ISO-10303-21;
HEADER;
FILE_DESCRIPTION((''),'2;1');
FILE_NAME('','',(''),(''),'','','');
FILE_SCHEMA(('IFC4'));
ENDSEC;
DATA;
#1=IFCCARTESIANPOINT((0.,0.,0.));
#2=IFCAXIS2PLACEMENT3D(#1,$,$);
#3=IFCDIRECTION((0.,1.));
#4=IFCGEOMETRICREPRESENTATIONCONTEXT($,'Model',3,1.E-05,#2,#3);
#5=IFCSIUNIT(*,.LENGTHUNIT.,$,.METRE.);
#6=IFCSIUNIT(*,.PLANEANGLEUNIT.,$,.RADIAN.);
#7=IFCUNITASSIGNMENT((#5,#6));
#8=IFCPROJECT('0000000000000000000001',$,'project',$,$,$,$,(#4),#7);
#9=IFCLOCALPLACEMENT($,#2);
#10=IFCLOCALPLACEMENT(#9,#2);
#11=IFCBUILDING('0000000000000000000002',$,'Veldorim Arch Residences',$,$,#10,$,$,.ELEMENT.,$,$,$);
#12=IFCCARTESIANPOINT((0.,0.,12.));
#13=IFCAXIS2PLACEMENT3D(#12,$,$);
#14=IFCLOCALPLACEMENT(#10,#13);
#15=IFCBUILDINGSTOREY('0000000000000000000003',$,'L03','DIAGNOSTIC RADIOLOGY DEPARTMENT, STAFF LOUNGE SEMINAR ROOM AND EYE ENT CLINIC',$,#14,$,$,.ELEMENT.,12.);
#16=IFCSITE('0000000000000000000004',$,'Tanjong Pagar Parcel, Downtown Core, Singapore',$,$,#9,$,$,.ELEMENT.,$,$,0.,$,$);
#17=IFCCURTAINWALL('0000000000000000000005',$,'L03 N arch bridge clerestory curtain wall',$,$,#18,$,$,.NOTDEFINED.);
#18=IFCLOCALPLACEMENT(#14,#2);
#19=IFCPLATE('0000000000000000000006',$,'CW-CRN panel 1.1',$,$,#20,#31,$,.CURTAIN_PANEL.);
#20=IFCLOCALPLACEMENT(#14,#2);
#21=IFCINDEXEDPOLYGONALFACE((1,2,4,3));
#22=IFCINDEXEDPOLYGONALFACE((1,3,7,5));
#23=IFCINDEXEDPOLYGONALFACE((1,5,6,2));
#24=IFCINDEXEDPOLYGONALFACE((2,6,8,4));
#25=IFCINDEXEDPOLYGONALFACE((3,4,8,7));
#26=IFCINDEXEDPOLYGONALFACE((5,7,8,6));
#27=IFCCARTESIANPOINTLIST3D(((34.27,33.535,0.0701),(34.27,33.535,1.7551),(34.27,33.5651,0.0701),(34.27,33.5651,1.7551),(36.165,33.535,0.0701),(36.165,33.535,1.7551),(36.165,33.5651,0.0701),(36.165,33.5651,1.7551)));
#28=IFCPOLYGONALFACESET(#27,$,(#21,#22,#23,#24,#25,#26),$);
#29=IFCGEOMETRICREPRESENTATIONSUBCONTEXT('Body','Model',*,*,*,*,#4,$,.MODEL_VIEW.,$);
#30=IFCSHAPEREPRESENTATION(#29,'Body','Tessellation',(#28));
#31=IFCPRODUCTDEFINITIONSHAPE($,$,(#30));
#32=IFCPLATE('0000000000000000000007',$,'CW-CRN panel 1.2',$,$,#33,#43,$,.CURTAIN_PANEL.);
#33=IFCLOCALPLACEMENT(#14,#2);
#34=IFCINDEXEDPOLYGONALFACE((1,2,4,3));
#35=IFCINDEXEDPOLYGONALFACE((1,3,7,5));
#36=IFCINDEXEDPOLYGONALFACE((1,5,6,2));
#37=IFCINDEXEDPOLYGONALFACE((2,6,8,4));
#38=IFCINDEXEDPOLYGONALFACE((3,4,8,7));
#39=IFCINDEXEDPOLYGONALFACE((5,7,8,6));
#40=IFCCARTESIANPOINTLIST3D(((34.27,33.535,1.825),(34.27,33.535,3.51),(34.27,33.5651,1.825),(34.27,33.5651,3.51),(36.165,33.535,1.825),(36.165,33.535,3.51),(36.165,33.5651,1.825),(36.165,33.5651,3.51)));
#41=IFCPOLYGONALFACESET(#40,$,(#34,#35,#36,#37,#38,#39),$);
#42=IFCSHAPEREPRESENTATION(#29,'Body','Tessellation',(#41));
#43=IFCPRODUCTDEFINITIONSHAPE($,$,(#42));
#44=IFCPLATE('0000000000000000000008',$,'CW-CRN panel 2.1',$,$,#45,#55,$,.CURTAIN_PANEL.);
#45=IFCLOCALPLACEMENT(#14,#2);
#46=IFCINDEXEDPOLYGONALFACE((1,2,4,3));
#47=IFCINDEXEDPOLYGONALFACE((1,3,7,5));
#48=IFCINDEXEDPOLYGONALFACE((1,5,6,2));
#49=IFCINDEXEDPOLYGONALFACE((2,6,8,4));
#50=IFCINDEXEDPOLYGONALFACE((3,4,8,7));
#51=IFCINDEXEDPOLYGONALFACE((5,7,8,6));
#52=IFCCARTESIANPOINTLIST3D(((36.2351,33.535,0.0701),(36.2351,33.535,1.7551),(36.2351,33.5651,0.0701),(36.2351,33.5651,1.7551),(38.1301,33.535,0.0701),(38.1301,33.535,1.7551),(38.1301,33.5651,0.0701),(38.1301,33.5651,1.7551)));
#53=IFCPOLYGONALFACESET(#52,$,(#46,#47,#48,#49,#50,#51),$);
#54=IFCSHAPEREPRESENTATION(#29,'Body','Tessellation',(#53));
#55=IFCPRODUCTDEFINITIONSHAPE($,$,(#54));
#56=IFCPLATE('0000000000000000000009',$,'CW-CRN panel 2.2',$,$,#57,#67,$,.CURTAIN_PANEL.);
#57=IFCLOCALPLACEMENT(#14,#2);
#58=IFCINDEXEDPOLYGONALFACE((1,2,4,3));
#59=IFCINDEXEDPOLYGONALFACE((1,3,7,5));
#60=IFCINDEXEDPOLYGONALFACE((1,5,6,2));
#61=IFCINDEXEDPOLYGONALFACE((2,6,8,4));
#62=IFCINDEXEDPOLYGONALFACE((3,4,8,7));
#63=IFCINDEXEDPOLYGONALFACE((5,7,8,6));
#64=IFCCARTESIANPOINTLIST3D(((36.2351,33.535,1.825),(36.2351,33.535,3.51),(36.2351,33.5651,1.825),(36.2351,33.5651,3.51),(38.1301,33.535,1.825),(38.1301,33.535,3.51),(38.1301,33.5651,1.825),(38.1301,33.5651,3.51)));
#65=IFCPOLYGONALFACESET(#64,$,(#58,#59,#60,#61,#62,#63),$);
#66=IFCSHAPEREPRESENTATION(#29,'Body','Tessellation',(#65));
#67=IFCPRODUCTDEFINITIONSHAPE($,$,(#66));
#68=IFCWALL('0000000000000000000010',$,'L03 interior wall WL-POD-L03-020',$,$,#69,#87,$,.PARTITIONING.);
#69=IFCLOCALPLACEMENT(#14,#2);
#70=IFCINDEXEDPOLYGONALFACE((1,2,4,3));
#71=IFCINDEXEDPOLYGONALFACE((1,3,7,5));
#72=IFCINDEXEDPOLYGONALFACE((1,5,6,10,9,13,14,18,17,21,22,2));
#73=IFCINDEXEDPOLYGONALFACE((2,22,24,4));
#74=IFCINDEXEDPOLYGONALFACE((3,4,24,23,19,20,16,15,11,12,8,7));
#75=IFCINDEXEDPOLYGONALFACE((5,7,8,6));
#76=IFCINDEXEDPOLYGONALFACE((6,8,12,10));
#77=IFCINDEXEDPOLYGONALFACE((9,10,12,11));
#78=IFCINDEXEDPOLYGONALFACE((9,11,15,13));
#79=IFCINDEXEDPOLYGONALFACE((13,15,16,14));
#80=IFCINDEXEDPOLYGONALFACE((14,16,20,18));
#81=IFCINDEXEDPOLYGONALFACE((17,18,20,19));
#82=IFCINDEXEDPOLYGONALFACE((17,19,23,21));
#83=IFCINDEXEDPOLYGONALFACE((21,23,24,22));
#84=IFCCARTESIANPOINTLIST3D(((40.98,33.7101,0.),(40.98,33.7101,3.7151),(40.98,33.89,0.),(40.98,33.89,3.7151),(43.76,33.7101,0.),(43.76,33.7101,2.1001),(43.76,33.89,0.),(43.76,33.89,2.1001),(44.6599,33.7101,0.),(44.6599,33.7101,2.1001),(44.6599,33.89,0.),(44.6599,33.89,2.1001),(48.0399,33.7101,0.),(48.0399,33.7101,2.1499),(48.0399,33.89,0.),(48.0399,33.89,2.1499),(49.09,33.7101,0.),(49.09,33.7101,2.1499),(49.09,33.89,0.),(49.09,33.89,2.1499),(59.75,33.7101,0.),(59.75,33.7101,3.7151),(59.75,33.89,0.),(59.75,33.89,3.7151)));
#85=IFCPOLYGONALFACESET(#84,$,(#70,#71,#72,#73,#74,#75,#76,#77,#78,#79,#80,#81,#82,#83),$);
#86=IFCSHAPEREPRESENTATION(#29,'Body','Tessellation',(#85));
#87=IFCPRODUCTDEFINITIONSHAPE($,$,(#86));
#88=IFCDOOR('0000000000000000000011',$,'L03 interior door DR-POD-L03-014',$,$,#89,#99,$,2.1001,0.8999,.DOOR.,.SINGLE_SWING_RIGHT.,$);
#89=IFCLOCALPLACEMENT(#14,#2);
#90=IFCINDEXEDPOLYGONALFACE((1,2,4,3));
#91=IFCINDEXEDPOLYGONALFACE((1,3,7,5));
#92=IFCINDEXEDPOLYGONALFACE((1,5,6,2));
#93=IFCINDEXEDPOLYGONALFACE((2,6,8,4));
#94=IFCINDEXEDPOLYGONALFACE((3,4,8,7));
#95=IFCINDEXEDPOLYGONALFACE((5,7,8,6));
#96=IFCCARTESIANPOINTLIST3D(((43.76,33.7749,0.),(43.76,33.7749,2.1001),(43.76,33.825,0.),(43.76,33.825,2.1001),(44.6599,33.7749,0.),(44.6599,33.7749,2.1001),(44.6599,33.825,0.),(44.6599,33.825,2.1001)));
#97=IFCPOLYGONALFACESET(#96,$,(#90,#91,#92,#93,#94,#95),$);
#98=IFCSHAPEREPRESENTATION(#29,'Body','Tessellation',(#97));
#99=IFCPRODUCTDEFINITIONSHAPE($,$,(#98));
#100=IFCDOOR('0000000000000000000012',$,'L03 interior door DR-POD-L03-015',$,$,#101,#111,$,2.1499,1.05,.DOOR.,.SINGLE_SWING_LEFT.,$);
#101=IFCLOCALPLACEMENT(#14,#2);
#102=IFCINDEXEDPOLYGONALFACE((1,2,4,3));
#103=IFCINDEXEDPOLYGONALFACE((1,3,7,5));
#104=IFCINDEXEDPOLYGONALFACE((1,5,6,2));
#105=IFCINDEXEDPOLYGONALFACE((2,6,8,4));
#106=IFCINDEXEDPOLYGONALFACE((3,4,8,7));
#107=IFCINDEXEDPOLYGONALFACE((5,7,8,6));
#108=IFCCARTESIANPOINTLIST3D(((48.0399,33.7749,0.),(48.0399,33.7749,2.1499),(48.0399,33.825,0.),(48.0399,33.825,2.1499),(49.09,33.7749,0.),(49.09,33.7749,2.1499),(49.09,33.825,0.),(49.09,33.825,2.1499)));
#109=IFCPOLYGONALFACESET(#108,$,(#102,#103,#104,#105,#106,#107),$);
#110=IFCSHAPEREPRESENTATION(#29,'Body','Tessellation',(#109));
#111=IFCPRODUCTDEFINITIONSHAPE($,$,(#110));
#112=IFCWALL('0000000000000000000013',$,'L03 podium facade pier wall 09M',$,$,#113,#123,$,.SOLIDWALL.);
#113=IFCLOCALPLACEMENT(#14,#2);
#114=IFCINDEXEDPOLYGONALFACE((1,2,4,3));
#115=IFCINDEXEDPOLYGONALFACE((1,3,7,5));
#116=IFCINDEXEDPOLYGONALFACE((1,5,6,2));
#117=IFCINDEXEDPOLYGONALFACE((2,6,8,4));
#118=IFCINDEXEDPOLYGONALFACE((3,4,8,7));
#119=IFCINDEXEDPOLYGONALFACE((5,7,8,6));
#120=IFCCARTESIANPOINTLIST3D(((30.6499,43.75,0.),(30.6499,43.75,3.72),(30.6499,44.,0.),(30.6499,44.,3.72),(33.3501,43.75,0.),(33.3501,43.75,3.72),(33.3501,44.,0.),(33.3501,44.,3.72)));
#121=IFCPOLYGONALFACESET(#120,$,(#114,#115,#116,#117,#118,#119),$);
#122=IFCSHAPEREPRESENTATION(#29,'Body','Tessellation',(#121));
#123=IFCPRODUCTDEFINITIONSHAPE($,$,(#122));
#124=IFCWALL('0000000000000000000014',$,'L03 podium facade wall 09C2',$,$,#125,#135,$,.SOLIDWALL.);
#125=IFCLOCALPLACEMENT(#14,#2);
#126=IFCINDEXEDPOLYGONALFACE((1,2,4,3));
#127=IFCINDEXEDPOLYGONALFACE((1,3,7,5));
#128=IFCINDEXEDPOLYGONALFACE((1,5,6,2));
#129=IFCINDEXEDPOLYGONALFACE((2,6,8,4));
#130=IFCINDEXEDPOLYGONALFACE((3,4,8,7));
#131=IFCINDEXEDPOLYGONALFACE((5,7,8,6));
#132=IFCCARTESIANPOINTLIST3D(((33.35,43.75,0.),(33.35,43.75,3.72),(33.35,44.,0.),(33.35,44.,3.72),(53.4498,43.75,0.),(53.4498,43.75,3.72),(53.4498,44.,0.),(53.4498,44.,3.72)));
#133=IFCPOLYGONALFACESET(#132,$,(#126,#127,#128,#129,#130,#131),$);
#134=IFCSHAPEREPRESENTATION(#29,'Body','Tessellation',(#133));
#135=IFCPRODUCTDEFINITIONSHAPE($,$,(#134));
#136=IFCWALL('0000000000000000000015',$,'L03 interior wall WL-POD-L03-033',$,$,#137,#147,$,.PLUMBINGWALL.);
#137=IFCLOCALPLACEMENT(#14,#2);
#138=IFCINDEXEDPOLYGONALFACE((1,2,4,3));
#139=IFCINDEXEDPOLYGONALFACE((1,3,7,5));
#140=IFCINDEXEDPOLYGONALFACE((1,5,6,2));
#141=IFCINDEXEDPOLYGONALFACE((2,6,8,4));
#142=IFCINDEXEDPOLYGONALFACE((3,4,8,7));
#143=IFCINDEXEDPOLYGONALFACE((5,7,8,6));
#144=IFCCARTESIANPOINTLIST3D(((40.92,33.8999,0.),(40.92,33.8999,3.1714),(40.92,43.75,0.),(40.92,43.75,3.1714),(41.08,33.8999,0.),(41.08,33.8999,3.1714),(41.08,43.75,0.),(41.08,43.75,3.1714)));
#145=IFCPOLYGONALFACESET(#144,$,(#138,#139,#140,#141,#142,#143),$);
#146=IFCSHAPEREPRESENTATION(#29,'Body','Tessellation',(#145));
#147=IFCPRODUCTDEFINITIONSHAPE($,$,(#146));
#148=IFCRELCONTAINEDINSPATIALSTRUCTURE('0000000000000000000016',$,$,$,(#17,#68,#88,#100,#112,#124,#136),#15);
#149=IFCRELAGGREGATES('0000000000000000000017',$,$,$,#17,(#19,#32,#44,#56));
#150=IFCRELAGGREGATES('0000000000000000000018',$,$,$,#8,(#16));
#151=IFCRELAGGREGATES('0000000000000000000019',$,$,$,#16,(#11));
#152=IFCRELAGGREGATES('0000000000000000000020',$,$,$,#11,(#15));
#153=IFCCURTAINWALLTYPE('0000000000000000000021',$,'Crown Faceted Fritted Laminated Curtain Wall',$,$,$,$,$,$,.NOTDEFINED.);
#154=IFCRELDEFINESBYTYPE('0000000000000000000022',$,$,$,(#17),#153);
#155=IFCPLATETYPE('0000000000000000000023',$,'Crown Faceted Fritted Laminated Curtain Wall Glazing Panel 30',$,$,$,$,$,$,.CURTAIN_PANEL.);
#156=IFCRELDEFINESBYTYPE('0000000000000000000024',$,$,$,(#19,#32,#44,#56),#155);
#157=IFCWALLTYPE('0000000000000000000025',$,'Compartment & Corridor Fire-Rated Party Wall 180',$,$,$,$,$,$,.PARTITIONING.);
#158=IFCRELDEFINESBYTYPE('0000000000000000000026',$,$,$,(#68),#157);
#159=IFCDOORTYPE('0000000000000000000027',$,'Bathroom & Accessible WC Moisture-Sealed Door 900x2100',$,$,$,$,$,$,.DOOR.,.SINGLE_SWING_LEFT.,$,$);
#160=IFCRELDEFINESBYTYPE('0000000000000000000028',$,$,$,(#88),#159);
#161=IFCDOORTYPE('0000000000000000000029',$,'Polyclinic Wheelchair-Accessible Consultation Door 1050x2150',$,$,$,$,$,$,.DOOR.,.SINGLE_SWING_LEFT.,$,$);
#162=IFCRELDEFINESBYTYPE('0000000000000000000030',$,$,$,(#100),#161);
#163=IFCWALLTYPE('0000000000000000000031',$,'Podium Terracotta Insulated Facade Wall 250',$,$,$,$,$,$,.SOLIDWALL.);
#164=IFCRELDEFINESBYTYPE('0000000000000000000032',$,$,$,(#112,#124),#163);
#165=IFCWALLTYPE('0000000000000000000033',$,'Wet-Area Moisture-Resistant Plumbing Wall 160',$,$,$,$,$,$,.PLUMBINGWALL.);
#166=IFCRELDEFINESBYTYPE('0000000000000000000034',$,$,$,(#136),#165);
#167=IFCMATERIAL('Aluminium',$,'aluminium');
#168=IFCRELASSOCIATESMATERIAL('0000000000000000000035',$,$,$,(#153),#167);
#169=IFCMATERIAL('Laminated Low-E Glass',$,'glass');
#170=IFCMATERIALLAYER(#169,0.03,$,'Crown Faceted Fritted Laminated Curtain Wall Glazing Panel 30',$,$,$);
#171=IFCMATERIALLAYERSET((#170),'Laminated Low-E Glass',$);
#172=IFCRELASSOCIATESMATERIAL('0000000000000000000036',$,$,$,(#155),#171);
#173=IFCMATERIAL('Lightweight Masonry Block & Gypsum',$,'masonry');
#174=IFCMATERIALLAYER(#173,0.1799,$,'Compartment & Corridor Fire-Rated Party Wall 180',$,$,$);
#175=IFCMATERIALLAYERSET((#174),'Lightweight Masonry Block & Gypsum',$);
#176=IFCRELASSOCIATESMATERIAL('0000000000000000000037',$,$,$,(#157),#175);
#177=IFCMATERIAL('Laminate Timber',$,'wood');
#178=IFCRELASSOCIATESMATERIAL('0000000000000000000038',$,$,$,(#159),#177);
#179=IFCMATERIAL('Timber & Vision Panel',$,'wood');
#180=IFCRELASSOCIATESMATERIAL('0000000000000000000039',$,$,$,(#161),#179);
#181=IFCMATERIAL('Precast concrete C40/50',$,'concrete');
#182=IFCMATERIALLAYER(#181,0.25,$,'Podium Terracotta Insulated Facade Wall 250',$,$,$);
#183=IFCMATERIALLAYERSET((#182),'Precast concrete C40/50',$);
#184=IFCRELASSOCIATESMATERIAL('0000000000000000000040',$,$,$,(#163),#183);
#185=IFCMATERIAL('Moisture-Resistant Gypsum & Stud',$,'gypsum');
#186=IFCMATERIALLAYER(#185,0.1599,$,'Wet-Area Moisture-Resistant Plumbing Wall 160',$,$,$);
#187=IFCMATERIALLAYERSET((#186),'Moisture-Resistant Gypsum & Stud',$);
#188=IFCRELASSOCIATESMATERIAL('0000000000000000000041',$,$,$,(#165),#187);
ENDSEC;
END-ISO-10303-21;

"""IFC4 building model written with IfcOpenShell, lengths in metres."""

from ifc_helpers import new_model, si_unit, direction, frame, frame_2d, origin, origin_2d, place, context, subcontext, project, spatial, rectangle, extrude, material, layer, layer_set, type_object, element, fill, aggregate, save


model = new_model("IFC4")

# Units and contexts
model_context = context("Model", 3, precision=1e-05, world=origin(), true_north=direction((0.0, 1.0)))
body_context = subcontext(model_context, "Body", "Model", "MODEL_VIEW")
ifc_project = project(units=[si_unit("LENGTHUNIT", "METRE"), si_unit("PLANEANGLEUNIT", "RADIAN")], contexts=[model_context])

# Site, building, storey
site_placement = place(None, origin())
site = spatial("IfcSite", under=ifc_project, at=site_placement, Name="Tanjong Pagar Parcel, Downtown Core, Singapore", CompositionType="ELEMENT", RefElevation=0.0)
building_placement = place(site_placement, origin())
building = spatial("IfcBuilding", under=site, at=building_placement, Name="Veldorim Arch Residences", CompositionType="ELEMENT")
storey_placement = place(building_placement, frame((0.0, 0.0, 12.0)))
storey = spatial("IfcBuildingStorey", under=building, at=storey_placement, Name="L03", Description="DIAGNOSTIC RADIOLOGY DEPARTMENT, STAFF LOUNGE SEMINAR ROOM AND EYE ENT CLINIC", CompositionType="ELEMENT", Elevation=12.0)

# Curtain wall
ifc_material_1 = material(Name="Aluminium", Category="aluminium")
curtain_wall_type = type_object("IfcCurtainWallType", Name="Crown Faceted Fritted Laminated Curtain Wall", PredefinedType="NOTDEFINED", material=ifc_material_1)
curtain_wall_placement = place(storey_placement, origin())
curtain_wall = element("IfcCurtainWall", 1, at=curtain_wall_placement, inside=storey, type_object=curtain_wall_type, Name="L03 N arch bridge clerestory curtain wall", PredefinedType="NOTDEFINED")

# Plates
ifc_material_2 = material(Name="Laminated Low-E Glass", Category="glass")
ifc_layer_1 = layer(ifc_material_2, 0.03, Name="Crown Faceted Fritted Laminated Curtain Wall Glazing Panel 30")
ifc_layer_set_1 = layer_set([ifc_layer_1], Name="Laminated Low-E Glass")
plate_type = type_object("IfcPlateType", Name="Crown Faceted Fritted Laminated Curtain Wall Glazing Panel 30", PredefinedType="CURTAIN_PANEL", material=ifc_layer_set_1)
plate_1_placement = place(storey_placement, frame((35.2175, 33.55, 0.0701), z_axis=(0.0, 0.0, 1.0), x_axis=(1.0, 0.0, 0.0)))
plate_1 = element("IfcPlate", 2, at=plate_1_placement, type_object=plate_type, Name="CW-CRN panel 1.1", PredefinedType="CURTAIN_PANEL", context=body_context, shape_type="SweptSolid", body=[
    extrude(rectangle(XDim=1.895, YDim=0.03, at=origin_2d()), origin(), (0.0, 0.0, 1.0), 1.6851),
])
plate_2_placement = place(storey_placement, frame((35.2175, 33.55, 1.825), z_axis=(0.0, 0.0, 1.0), x_axis=(1.0, 0.0, 0.0)))
plate_2 = element("IfcPlate", 3, at=plate_2_placement, type_object=plate_type, Name="CW-CRN panel 1.2", PredefinedType="CURTAIN_PANEL", context=body_context, shape_type="SweptSolid", body=[
    extrude(rectangle(XDim=1.895, YDim=0.03, at=origin_2d()), origin(), (0.0, 0.0, 1.0), 1.6851),
])
plate_3_placement = place(storey_placement, frame((37.1826, 33.55, 0.0701), z_axis=(0.0, 0.0, 1.0), x_axis=(1.0, 0.0, 0.0)))
plate_3 = element("IfcPlate", 4, at=plate_3_placement, type_object=plate_type, Name="CW-CRN panel 2.1", PredefinedType="CURTAIN_PANEL", context=body_context, shape_type="SweptSolid", body=[
    extrude(rectangle(XDim=1.895, YDim=0.03, at=origin_2d()), origin(), (0.0, 0.0, 1.0), 1.6851),
])
plate_4_placement = place(storey_placement, frame((37.1826, 33.55, 1.825), z_axis=(0.0, 0.0, 1.0), x_axis=(1.0, 0.0, 0.0)))
plate_4 = element("IfcPlate", 5, at=plate_4_placement, type_object=plate_type, Name="CW-CRN panel 2.2", PredefinedType="CURTAIN_PANEL", context=body_context, shape_type="SweptSolid", body=[
    extrude(rectangle(XDim=1.895, YDim=0.03, at=origin_2d()), origin(), (0.0, 0.0, 1.0), 1.6851),
])
aggregate(curtain_wall, [plate_1, plate_2, plate_3, plate_4])

# Wall, openings, doors
ifc_material_3 = material(Name="Lightweight Masonry Block & Gypsum", Category="masonry")
ifc_layer_2 = layer(ifc_material_3, 0.1799, Name="Compartment & Corridor Fire-Rated Party Wall 180")
ifc_layer_set_2 = layer_set([ifc_layer_2], Name="Lightweight Masonry Block & Gypsum")
wall_type_1 = type_object("IfcWallType", Name="Compartment & Corridor Fire-Rated Party Wall 180", PredefinedType="PARTITIONING", material=ifc_layer_set_2)
wall_1_placement = place(storey_placement, frame((40.98, 33.8, 0.0), z_axis=(0.0, 0.0, 1.0), x_axis=(1.0, 0.0, 0.0)))
wall_1 = element("IfcWall", 6, at=wall_1_placement, inside=storey, type_object=wall_type_1, Name="L03 interior wall WL-POD-L03-020", PredefinedType="PARTITIONING", context=body_context, shape_type="SweptSolid", body=[
    extrude(rectangle(XDim=18.77, YDim=0.1799, at=frame_2d((9.385, 0.0))), origin(), (0.0, 0.0, 1.0), 3.7151),
])
opening_1_placement = place(wall_1_placement, frame((2.78, 0.0, 0.0)))
opening_1 = element("IfcOpeningElement", 7, at=opening_1_placement, cuts=wall_1, PredefinedType="OPENING", context=body_context, shape_type="SweptSolid", body=[
    extrude(rectangle(XDim=0.8999, YDim=2.1001, at=frame_2d((0.45, 1.05))), frame((0.0, 0.0999, 0.0), z_axis=(0.0, -1.0, 0.0), x_axis=(1.0, 0.0, 0.0)), (0.0, 0.0, 1.0), 0.2),
])
opening_2_placement = place(wall_1_placement, frame((7.0601, 0.0, 0.0)))
opening_2 = element("IfcOpeningElement", 8, at=opening_2_placement, cuts=wall_1, PredefinedType="OPENING", context=body_context, shape_type="SweptSolid", body=[
    extrude(rectangle(XDim=1.05, YDim=2.1499, at=frame_2d((0.5249, 1.075))), frame((0.0, 0.0999, 0.0), z_axis=(0.0, -1.0, 0.0), x_axis=(1.0, 0.0, 0.0)), (0.0, 0.0, 1.0), 0.2),
])
ifc_material_4 = material(Name="Laminate Timber", Category="wood")
door_type_1 = type_object("IfcDoorType", Name="Bathroom & Accessible WC Moisture-Sealed Door 900x2100", OperationType="SINGLE_SWING_LEFT", PredefinedType="DOOR", material=ifc_material_4)
door_1_placement = place(opening_1_placement, origin())
door_1 = element("IfcDoor", 9, at=door_1_placement, inside=storey, type_object=door_type_1, Name="L03 interior door DR-POD-L03-014", OperationType="SINGLE_SWING_RIGHT", OverallHeight=2.1001, OverallWidth=0.8999, PredefinedType="DOOR", context=body_context, shape_type="SweptSolid", body=[
    extrude(rectangle(XDim=0.8999, YDim=2.1001, at=frame_2d((0.45, 1.05))), frame((0.0, 0.0249, 0.0), z_axis=(0.0, -1.0, 0.0), x_axis=(1.0, 0.0, 0.0)), (0.0, 0.0, 1.0), 0.05),
])
fill(opening_1, door_1)
ifc_material_5 = material(Name="Timber & Vision Panel", Category="wood")
door_type_2 = type_object("IfcDoorType", Name="Polyclinic Wheelchair-Accessible Consultation Door 1050x2150", OperationType="SINGLE_SWING_LEFT", PredefinedType="DOOR", material=ifc_material_5)
door_2_placement = place(opening_2_placement, origin())
door_2 = element("IfcDoor", 10, at=door_2_placement, inside=storey, type_object=door_type_2, Name="L03 interior door DR-POD-L03-015", OperationType="SINGLE_SWING_LEFT", OverallHeight=2.1499, OverallWidth=1.05, PredefinedType="DOOR", context=body_context, shape_type="SweptSolid", body=[
    extrude(rectangle(XDim=1.05, YDim=2.1499, at=frame_2d((0.5249, 1.075))), frame((0.0, 0.0249, 0.0), z_axis=(0.0, -1.0, 0.0), x_axis=(1.0, 0.0, 0.0)), (0.0, 0.0, 1.0), 0.05),
])
fill(opening_2, door_2)

# Walls
ifc_material_6 = material(Name="Precast concrete C40/50", Category="concrete")
ifc_layer_3 = layer(ifc_material_6, 0.25, Name="Podium Terracotta Insulated Facade Wall 250")
ifc_layer_set_3 = layer_set([ifc_layer_3], Name="Precast concrete C40/50")
wall_type_2 = type_object("IfcWallType", Name="Podium Terracotta Insulated Facade Wall 250", PredefinedType="SOLIDWALL", material=ifc_layer_set_3)
wall_2_placement = place(storey_placement, frame((30.6499, 43.875, 0.0), z_axis=(0.0, 0.0, 1.0), x_axis=(1.0, 0.0, 0.0)))
element("IfcWall", 11, at=wall_2_placement, inside=storey, type_object=wall_type_2, Name="L03 podium facade pier wall 09M", PredefinedType="SOLIDWALL", context=body_context, shape_type="SweptSolid", body=[
    extrude(rectangle(XDim=2.7002, YDim=0.25, at=frame_2d((1.3501, 0.0))), origin(), (0.0, 0.0, 1.0), 3.72),
])
wall_3_placement = place(storey_placement, frame((33.3501, 43.875, 0.0), z_axis=(0.0, 0.0, 1.0), x_axis=(1.0, 0.0, 0.0)))
element("IfcWall", 12, at=wall_3_placement, inside=storey, type_object=wall_type_2, Name="L03 podium facade wall 09C2", PredefinedType="SOLIDWALL", context=body_context, shape_type="SweptSolid", body=[
    extrude(rectangle(XDim=20.0999, YDim=0.25, at=frame_2d((10.0498, 0.0))), origin(), (0.0, 0.0, 1.0), 3.72),
])
ifc_material_7 = material(Name="Moisture-Resistant Gypsum & Stud", Category="gypsum")
ifc_layer_4 = layer(ifc_material_7, 0.1599, Name="Wet-Area Moisture-Resistant Plumbing Wall 160")
ifc_layer_set_4 = layer_set([ifc_layer_4], Name="Moisture-Resistant Gypsum & Stud")
wall_type_3 = type_object("IfcWallType", Name="Wet-Area Moisture-Resistant Plumbing Wall 160", PredefinedType="PLUMBINGWALL", material=ifc_layer_set_4)
wall_4_placement = place(storey_placement, frame((41.0, 33.8999, 0.0), z_axis=(0.0, 0.0, 1.0), x_axis=(0.0, 1.0, 0.0)))
element("IfcWall", 13, at=wall_4_placement, inside=storey, type_object=wall_type_3, Name="L03 interior wall WL-POD-L03-033", PredefinedType="PLUMBINGWALL", context=body_context, shape_type="SweptSolid", body=[
    extrude(rectangle(XDim=9.8501, YDim=0.1599, at=frame_2d((4.925, 0.0))), origin(), (0.0, 0.0, 1.0), 3.1714),
])

save(model, "model.ifc")
